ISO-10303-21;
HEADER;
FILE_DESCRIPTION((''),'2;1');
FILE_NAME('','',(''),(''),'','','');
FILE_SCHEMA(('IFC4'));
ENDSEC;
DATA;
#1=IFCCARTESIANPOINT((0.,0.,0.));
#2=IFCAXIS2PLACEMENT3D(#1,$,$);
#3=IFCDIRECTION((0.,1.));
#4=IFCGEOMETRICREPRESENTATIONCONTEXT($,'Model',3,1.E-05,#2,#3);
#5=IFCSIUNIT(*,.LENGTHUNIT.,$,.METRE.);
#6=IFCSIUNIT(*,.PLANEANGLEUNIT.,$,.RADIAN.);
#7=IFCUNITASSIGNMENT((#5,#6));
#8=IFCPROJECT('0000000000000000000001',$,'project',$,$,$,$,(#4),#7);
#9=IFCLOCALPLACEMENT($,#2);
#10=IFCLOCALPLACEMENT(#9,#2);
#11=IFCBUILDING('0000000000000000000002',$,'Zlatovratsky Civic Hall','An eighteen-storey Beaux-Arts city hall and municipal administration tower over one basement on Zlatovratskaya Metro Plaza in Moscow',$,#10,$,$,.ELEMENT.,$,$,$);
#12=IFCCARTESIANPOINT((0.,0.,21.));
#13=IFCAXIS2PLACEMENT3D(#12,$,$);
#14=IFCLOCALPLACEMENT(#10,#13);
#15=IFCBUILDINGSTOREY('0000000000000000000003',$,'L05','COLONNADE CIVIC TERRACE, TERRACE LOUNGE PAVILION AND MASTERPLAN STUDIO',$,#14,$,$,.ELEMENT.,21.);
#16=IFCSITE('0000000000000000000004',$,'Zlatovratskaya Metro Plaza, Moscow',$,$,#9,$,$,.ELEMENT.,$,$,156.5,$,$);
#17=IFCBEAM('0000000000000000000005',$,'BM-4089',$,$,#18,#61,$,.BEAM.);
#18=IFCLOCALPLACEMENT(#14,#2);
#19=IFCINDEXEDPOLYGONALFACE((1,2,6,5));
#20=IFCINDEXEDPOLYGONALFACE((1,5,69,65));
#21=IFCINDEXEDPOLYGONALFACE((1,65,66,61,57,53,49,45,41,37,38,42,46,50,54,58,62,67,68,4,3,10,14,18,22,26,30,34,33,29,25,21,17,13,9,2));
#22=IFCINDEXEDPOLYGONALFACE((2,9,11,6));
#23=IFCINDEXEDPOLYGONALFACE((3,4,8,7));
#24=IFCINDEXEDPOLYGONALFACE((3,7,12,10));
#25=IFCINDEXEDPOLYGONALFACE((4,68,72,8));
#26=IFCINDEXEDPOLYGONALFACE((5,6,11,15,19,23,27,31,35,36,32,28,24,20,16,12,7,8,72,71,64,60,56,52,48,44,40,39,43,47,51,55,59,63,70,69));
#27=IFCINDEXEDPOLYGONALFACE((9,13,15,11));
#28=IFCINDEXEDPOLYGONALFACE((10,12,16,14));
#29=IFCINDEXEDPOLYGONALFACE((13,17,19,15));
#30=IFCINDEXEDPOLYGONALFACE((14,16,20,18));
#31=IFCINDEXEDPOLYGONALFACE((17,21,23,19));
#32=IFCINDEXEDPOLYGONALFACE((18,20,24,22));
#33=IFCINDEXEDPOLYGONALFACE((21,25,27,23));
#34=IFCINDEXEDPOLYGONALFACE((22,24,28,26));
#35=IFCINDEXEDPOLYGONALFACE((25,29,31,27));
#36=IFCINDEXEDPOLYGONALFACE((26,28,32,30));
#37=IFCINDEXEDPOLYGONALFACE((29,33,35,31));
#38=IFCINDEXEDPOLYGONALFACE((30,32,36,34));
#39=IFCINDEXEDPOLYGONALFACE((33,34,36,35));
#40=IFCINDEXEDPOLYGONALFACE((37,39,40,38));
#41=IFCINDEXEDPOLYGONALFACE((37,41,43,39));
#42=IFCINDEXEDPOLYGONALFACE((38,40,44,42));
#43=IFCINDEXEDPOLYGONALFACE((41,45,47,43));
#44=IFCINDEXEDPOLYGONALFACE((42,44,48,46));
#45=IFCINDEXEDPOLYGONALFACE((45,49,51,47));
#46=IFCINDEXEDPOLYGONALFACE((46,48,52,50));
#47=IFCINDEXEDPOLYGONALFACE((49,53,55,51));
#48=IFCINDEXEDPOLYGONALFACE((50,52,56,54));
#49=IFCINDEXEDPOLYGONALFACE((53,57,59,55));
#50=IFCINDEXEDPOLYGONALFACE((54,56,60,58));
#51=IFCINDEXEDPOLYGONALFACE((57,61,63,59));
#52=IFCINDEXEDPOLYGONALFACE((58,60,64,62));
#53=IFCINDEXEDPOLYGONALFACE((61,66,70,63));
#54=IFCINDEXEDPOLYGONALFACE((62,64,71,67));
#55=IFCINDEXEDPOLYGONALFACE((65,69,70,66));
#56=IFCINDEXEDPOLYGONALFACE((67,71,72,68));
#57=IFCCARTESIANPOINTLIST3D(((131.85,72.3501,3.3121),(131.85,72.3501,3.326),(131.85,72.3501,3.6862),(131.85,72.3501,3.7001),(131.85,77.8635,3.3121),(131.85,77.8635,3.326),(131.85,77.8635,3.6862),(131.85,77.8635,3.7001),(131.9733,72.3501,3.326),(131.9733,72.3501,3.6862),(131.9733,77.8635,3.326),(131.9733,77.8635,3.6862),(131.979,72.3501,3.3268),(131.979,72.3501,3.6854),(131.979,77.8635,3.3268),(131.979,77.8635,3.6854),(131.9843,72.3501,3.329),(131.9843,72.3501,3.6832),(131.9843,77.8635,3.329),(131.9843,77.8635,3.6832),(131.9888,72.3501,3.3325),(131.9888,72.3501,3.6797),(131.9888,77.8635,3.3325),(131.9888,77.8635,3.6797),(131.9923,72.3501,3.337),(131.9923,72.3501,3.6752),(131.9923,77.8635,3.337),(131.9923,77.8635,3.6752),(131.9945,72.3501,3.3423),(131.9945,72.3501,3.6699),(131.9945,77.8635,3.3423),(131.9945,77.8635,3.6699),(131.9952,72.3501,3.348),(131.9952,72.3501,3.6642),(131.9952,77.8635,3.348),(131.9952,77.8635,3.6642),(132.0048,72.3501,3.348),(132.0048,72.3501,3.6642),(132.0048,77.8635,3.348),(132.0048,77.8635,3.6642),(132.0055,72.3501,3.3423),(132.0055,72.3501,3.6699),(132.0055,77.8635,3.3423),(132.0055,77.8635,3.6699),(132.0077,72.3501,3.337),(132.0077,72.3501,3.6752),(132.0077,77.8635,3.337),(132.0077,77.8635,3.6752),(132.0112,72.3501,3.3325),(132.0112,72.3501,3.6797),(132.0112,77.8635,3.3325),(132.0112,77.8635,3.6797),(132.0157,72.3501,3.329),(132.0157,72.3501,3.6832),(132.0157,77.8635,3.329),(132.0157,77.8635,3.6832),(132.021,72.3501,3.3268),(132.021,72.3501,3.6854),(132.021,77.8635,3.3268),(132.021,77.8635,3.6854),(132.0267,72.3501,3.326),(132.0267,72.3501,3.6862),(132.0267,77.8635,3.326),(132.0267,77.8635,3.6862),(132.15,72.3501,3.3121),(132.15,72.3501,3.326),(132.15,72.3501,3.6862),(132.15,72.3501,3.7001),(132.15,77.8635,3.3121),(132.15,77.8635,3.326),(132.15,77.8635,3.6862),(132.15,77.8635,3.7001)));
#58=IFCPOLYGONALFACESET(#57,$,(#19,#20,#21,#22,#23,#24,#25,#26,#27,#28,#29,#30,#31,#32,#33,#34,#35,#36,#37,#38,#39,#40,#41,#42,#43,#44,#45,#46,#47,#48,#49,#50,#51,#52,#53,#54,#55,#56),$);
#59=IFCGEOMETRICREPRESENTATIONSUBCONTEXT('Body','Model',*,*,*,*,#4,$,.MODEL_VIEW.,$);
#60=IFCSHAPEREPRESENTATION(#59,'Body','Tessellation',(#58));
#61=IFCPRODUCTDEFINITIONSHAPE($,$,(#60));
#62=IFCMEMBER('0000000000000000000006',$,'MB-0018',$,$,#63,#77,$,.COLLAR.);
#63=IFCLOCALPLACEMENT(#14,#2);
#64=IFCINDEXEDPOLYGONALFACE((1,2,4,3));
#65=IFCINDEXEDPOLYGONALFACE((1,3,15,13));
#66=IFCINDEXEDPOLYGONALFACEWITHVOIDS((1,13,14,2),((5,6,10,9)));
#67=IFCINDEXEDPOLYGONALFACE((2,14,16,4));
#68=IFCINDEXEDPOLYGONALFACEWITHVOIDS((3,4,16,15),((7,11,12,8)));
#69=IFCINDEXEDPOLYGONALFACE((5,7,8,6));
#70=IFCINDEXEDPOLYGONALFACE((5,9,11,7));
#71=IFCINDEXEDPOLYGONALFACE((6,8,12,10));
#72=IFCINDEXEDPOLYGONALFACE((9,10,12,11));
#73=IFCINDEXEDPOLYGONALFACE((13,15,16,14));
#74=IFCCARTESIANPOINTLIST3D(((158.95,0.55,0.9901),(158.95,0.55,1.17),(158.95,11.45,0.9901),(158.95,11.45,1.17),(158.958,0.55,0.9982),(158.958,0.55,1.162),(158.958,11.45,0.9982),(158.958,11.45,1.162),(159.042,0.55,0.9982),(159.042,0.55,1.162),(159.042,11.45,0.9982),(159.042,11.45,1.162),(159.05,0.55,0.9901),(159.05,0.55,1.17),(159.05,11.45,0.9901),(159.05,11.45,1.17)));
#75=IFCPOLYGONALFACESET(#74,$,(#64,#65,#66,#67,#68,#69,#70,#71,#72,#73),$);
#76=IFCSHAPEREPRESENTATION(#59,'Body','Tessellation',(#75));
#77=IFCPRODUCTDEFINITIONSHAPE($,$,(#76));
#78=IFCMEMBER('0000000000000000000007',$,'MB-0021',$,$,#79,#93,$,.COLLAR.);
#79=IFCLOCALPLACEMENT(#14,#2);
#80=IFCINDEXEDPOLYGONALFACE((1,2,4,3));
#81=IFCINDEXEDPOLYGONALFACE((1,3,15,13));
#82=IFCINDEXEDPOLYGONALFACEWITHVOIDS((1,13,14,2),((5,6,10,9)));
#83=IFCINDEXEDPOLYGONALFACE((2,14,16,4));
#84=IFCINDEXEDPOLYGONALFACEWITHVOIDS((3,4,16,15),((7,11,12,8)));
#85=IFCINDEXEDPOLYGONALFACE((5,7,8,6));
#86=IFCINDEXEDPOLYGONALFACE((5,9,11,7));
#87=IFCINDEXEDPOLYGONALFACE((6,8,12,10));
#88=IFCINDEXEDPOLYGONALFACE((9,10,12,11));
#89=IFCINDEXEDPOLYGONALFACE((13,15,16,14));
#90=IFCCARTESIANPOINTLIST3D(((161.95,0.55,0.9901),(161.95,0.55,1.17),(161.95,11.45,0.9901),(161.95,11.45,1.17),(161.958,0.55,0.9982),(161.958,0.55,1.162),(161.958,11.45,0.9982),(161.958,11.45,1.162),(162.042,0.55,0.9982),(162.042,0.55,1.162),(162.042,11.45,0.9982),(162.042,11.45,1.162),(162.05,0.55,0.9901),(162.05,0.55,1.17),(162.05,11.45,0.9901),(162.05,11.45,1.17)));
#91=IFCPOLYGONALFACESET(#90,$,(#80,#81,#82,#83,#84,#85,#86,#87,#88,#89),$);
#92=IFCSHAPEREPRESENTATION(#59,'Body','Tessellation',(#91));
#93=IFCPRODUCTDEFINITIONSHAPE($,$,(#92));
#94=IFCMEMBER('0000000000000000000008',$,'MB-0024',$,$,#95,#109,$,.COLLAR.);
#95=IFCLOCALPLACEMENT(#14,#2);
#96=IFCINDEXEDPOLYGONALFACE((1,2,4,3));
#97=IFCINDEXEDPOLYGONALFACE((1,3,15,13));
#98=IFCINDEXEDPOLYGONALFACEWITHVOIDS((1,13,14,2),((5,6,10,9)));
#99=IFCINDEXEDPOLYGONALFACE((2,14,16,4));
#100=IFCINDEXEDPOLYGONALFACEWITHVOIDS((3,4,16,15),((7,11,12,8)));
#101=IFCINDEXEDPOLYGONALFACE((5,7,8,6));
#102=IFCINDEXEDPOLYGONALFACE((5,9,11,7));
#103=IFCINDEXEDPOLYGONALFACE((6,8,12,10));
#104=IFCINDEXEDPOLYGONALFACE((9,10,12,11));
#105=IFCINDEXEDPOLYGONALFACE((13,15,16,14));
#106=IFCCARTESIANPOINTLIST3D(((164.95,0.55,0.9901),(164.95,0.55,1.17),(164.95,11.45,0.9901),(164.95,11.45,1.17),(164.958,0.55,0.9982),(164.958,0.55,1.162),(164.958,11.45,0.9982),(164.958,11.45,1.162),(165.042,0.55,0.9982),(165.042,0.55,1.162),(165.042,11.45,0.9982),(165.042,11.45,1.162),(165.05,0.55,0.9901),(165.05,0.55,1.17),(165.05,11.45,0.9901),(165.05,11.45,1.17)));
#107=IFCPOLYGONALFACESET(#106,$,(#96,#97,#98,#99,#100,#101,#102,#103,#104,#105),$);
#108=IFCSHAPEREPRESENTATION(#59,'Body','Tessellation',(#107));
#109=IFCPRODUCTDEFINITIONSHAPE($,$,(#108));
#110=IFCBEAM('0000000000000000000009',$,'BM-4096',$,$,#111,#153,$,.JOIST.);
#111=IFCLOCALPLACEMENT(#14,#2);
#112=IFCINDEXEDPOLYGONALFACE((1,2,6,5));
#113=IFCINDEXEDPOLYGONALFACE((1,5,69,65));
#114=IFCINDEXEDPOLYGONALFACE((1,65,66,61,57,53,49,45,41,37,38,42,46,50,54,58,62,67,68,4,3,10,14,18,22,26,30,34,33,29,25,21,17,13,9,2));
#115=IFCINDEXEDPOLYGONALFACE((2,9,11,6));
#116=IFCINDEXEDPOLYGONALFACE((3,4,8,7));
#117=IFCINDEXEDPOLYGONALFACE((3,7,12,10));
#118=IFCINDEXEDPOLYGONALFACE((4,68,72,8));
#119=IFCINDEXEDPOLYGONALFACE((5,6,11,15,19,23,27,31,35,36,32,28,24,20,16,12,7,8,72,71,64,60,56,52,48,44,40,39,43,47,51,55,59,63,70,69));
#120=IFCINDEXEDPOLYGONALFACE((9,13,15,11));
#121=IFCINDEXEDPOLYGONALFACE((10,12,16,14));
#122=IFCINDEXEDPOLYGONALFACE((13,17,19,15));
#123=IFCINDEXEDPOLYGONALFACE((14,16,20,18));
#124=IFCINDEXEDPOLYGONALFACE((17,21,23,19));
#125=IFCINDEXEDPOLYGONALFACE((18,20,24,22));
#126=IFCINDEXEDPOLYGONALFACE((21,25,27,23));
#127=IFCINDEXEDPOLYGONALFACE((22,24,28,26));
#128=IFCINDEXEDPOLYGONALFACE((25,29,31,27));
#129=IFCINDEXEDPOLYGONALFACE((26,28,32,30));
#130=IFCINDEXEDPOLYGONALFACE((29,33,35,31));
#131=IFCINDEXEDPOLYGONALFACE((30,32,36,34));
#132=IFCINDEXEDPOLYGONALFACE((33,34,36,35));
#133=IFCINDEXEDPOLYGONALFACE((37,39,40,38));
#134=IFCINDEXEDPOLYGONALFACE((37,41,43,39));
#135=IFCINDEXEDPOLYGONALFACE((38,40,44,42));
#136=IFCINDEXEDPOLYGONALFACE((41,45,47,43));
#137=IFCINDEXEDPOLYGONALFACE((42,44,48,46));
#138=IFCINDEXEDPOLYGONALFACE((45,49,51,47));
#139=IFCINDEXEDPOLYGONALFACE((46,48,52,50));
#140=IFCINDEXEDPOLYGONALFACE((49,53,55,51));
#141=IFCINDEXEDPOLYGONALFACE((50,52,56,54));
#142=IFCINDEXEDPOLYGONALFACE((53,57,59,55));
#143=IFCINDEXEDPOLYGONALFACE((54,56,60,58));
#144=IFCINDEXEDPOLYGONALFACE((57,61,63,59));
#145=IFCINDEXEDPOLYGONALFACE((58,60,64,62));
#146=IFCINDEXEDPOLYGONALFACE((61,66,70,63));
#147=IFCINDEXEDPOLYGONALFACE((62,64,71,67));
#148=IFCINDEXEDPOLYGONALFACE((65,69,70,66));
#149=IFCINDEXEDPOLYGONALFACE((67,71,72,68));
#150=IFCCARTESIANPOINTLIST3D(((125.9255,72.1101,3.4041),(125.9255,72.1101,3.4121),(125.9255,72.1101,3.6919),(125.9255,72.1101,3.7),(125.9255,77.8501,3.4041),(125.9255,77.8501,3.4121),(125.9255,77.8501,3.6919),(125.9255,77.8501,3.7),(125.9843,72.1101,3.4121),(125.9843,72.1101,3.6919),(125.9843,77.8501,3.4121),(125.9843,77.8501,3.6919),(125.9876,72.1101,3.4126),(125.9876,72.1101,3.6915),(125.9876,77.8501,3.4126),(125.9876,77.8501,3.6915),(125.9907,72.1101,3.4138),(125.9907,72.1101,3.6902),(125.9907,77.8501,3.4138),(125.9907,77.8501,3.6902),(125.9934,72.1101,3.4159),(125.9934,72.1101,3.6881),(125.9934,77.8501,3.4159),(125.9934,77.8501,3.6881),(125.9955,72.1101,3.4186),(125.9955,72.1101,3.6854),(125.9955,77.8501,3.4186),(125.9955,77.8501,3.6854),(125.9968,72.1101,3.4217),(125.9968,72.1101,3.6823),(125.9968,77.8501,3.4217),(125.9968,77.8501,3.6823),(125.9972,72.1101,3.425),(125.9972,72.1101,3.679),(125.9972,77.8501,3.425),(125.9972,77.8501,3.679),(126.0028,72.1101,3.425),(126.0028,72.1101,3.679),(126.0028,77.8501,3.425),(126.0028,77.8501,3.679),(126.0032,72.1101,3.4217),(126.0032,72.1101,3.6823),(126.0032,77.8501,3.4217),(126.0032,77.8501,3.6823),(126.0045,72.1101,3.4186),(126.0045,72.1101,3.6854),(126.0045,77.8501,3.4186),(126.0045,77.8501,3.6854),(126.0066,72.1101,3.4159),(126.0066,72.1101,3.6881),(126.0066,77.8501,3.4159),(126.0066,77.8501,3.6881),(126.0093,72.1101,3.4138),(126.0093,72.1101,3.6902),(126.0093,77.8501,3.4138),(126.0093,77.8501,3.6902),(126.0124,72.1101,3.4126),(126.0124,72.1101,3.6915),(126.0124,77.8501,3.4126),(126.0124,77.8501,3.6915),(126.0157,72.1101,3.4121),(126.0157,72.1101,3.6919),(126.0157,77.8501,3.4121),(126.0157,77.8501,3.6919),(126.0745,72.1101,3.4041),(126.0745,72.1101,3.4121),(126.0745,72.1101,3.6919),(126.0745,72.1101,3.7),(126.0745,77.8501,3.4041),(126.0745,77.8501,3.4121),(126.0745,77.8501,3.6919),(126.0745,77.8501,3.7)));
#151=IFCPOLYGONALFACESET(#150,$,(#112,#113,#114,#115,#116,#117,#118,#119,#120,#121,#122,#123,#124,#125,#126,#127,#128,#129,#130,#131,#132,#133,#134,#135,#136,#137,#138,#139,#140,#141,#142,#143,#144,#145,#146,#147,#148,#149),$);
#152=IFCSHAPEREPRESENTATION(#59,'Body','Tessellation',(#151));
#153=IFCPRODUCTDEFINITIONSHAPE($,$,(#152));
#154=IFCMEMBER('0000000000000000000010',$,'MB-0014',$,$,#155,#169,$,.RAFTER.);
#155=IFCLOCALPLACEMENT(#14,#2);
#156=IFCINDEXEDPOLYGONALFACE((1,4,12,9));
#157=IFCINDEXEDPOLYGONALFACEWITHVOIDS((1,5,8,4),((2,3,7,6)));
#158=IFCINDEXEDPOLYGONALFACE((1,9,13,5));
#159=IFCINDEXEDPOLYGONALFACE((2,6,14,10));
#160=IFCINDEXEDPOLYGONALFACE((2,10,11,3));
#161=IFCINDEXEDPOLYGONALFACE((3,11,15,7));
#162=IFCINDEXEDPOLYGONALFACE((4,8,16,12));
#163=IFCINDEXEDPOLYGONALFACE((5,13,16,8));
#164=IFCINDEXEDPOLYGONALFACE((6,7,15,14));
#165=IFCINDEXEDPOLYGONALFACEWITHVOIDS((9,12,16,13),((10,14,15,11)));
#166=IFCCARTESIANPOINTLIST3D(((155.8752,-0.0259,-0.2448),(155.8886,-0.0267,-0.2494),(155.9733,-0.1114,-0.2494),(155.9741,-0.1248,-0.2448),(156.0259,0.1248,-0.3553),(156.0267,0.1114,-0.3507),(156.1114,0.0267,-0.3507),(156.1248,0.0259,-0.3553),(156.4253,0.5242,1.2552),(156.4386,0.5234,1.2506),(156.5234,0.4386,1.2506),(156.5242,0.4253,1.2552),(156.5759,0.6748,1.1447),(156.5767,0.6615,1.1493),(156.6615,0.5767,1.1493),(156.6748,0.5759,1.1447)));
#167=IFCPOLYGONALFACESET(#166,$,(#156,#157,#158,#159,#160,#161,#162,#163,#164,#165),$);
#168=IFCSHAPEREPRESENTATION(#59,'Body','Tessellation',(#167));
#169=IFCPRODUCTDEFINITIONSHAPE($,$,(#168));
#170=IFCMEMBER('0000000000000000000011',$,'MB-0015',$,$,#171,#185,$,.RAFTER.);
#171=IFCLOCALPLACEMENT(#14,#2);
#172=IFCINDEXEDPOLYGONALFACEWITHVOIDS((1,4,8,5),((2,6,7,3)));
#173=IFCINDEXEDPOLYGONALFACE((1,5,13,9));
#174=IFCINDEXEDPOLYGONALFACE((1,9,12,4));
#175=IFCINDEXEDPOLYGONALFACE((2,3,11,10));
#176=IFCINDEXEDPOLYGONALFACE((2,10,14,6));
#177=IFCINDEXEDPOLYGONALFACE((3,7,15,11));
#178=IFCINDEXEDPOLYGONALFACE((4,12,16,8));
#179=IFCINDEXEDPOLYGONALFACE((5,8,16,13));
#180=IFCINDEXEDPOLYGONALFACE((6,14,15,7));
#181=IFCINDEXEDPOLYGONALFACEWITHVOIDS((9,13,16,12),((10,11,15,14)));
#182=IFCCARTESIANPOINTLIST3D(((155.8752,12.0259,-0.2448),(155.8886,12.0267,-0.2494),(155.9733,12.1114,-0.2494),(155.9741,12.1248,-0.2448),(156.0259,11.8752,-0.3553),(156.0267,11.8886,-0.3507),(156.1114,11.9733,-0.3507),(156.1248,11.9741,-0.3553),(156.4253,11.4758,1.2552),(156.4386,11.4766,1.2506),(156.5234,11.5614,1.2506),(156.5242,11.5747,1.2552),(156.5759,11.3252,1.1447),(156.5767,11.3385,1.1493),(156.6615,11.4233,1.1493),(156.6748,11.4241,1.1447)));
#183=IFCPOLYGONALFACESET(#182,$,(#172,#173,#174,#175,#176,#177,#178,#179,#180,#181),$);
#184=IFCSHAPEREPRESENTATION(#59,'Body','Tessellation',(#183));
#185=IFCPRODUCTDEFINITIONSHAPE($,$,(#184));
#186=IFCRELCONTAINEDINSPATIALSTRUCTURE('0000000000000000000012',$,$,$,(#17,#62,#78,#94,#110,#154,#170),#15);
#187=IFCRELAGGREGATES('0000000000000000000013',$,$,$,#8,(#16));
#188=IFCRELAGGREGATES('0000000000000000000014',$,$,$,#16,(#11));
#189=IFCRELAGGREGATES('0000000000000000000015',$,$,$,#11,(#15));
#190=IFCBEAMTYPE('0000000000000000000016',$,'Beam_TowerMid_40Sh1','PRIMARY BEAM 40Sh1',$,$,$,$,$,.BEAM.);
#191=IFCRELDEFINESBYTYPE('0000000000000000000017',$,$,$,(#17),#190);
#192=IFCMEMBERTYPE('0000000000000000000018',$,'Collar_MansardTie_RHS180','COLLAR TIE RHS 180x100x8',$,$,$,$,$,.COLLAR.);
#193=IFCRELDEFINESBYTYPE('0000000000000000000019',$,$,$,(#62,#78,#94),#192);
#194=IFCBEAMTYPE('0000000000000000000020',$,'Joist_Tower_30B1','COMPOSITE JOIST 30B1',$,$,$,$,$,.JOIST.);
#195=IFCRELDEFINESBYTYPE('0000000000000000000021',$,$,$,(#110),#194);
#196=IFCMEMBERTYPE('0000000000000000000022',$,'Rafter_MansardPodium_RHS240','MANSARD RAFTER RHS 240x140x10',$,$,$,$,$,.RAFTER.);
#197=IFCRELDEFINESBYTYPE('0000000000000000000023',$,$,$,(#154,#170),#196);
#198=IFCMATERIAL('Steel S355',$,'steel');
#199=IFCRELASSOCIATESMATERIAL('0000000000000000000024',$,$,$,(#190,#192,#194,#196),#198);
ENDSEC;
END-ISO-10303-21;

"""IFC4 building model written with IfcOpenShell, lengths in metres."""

from ifc_helpers import new_model, si_unit, direction, frame, origin, origin_2d, place, context, subcontext, project, spatial, hollow_rectangle, i_section, extrude, material, material_profile, profile_set, type_object, element, save


model = new_model("IFC4")

# Units and contexts
model_context = context("Model", 3, precision=1e-05, world=origin(), true_north=direction((0.0, 1.0)))
body_context = subcontext(model_context, "Body", "Model", "MODEL_VIEW")
ifc_project = project(units=[si_unit("LENGTHUNIT", "METRE"), si_unit("PLANEANGLEUNIT", "RADIAN")], contexts=[model_context])

# Site, building, storey
site_placement = place(None, origin())
site = spatial("IfcSite", under=ifc_project, at=site_placement, Name="Zlatovratskaya Metro Plaza, Moscow", CompositionType="ELEMENT", RefElevation=156.5)
building_placement = place(site_placement, origin())
building = spatial("IfcBuilding", under=site, at=building_placement, Name="Zlatovratsky Civic Hall", Description="An eighteen-storey Beaux-Arts city hall and municipal administration tower over one basement on Zlatovratskaya Metro Plaza in Moscow", CompositionType="ELEMENT")
storey_placement = place(building_placement, frame((0.0, 0.0, 21.0)))
storey = spatial("IfcBuildingStorey", under=building, at=storey_placement, Name="L05", Description="COLONNADE CIVIC TERRACE, TERRACE LOUNGE PAVILION AND MASTERPLAN STUDIO", CompositionType="ELEMENT", Elevation=21.0)

# Beam
ifc_material_1 = material(Name="Steel S355", Category="steel")
ifc_material_profile_1 = material_profile(ifc_material_1, i_section(OverallWidth=0.3, OverallDepth=0.3879, WebThickness=0.0095, FlangeThickness=0.0139, FilletRadius=0.022, at=origin_2d()), Name="40Sh1")
ifc_profile_set_1 = profile_set([ifc_material_profile_1], Name="Steel S355")
beam_type_1 = type_object("IfcBeamType", Name="Beam_TowerMid_40Sh1", Description="PRIMARY BEAM 40Sh1", PredefinedType="BEAM", material=ifc_profile_set_1)
for number, where, z_axis, x_axis, name in (
    (1, (132.0, 72.3501, 3.5061), (0.0, 1.0, 0.0), (-1.0, 0.0, 0.0), "BM-4089"),
):
    element("IfcBeam", number, at=place(storey_placement, frame(where, z_axis=z_axis, x_axis=x_axis)), inside=storey, type_object=beam_type_1, Name=name, PredefinedType="BEAM", context=body_context, shape_type="SweptSolid", body=[
        extrude(i_section(OverallWidth=0.3, OverallDepth=0.3879, WebThickness=0.0095, FlangeThickness=0.0139, FilletRadius=0.022, at=origin_2d()), origin(), (0.0, 0.0, 1.0), 5.5134),
    ])

# Members
ifc_material_profile_2 = material_profile(ifc_material_1, hollow_rectangle(XDim=0.1001, YDim=0.1799, WallThickness=0.0081, at=origin_2d()), Name="RHS 180x100x8")
ifc_profile_set_2 = profile_set([ifc_material_profile_2], Name="Steel S355")
member_type_1 = type_object("IfcMemberType", Name="Collar_MansardTie_RHS180", Description="COLLAR TIE RHS 180x100x8", PredefinedType="COLLAR", material=ifc_profile_set_2)
for number, where, z_axis, x_axis, name in (
    (2, (159.0, 0.55, 1.0801), (0.0, 1.0, 0.0), (-1.0, 0.0, 0.0), "MB-0018"),
    (3, (162.0, 0.55, 1.0801), (0.0, 1.0, 0.0), (-1.0, 0.0, 0.0), "MB-0021"),
    (4, (165.0, 0.55, 1.0801), (0.0, 1.0, 0.0), (-1.0, 0.0, 0.0), "MB-0024"),
):
    element("IfcMember", number, at=place(storey_placement, frame(where, z_axis=z_axis, x_axis=x_axis)), inside=storey, type_object=member_type_1, Name=name, PredefinedType="COLLAR", context=body_context, shape_type="SweptSolid", body=[
        extrude(hollow_rectangle(XDim=0.1001, YDim=0.1799, WallThickness=0.0081, at=origin_2d()), origin(), (0.0, 0.0, 1.0), 10.8999),
    ])

# Beam
ifc_material_profile_3 = material_profile(ifc_material_1, i_section(OverallWidth=0.1489, OverallDepth=0.2959, WebThickness=0.0056, FlangeThickness=0.0081, FilletRadius=0.0129, at=origin_2d()), Name="30B1")
ifc_profile_set_3 = profile_set([ifc_material_profile_3], Name="Steel S355")
beam_type_2 = type_object("IfcBeamType", Name="Joist_Tower_30B1", Description="COMPOSITE JOIST 30B1", PredefinedType="JOIST", material=ifc_profile_set_3)
beam_1_placement = place(storey_placement, frame((126.0, 72.1101, 3.552), z_axis=(0.0, 1.0, 0.0), x_axis=(-1.0, 0.0, 0.0)))
element("IfcBeam", 5, at=beam_1_placement, inside=storey, type_object=beam_type_2, Name="BM-4096", PredefinedType="JOIST", context=body_context, shape_type="SweptSolid", body=[
    extrude(i_section(OverallWidth=0.1489, OverallDepth=0.2959, WebThickness=0.0056, FlangeThickness=0.0081, FilletRadius=0.0129, at=origin_2d()), origin(), (0.0, 0.0, 1.0), 5.74),
])

# Members
ifc_material_profile_4 = material_profile(ifc_material_1, hollow_rectangle(XDim=0.1399, YDim=0.24, WallThickness=0.01, at=origin_2d()), Name="RHS 240x140x10")
ifc_profile_set_4 = profile_set([ifc_material_profile_4], Name="Steel S355")
member_type_2 = type_object("IfcMemberType", Name="Rafter_MansardPodium_RHS240", Description="MANSARD RAFTER RHS 240x140x10", PredefinedType="RAFTER", material=ifc_profile_set_4)
for number, where, z_axis, x_axis, name in (
    (6, (156.0, 0.0, -0.3), (0.325529, 0.325529, 0.887728), (-0.707107, 0.707107, 0.0), "MB-0014"),
    (7, (156.0, 12.0, -0.3), (0.325529, -0.325529, 0.887728), (0.707107, 0.707107, 0.0), "MB-0015"),
):
    element("IfcMember", number, at=place(storey_placement, frame(where, z_axis=z_axis, x_axis=x_axis)), inside=storey, type_object=member_type_2, Name=name, PredefinedType="RAFTER", context=body_context, shape_type="SweptSolid", body=[
        extrude(hollow_rectangle(XDim=0.1399, YDim=0.24, WallThickness=0.01, at=origin_2d()), origin(), (0.0, 0.0, 1.0), 1.6897),
    ])

save(model, "model.ifc")
